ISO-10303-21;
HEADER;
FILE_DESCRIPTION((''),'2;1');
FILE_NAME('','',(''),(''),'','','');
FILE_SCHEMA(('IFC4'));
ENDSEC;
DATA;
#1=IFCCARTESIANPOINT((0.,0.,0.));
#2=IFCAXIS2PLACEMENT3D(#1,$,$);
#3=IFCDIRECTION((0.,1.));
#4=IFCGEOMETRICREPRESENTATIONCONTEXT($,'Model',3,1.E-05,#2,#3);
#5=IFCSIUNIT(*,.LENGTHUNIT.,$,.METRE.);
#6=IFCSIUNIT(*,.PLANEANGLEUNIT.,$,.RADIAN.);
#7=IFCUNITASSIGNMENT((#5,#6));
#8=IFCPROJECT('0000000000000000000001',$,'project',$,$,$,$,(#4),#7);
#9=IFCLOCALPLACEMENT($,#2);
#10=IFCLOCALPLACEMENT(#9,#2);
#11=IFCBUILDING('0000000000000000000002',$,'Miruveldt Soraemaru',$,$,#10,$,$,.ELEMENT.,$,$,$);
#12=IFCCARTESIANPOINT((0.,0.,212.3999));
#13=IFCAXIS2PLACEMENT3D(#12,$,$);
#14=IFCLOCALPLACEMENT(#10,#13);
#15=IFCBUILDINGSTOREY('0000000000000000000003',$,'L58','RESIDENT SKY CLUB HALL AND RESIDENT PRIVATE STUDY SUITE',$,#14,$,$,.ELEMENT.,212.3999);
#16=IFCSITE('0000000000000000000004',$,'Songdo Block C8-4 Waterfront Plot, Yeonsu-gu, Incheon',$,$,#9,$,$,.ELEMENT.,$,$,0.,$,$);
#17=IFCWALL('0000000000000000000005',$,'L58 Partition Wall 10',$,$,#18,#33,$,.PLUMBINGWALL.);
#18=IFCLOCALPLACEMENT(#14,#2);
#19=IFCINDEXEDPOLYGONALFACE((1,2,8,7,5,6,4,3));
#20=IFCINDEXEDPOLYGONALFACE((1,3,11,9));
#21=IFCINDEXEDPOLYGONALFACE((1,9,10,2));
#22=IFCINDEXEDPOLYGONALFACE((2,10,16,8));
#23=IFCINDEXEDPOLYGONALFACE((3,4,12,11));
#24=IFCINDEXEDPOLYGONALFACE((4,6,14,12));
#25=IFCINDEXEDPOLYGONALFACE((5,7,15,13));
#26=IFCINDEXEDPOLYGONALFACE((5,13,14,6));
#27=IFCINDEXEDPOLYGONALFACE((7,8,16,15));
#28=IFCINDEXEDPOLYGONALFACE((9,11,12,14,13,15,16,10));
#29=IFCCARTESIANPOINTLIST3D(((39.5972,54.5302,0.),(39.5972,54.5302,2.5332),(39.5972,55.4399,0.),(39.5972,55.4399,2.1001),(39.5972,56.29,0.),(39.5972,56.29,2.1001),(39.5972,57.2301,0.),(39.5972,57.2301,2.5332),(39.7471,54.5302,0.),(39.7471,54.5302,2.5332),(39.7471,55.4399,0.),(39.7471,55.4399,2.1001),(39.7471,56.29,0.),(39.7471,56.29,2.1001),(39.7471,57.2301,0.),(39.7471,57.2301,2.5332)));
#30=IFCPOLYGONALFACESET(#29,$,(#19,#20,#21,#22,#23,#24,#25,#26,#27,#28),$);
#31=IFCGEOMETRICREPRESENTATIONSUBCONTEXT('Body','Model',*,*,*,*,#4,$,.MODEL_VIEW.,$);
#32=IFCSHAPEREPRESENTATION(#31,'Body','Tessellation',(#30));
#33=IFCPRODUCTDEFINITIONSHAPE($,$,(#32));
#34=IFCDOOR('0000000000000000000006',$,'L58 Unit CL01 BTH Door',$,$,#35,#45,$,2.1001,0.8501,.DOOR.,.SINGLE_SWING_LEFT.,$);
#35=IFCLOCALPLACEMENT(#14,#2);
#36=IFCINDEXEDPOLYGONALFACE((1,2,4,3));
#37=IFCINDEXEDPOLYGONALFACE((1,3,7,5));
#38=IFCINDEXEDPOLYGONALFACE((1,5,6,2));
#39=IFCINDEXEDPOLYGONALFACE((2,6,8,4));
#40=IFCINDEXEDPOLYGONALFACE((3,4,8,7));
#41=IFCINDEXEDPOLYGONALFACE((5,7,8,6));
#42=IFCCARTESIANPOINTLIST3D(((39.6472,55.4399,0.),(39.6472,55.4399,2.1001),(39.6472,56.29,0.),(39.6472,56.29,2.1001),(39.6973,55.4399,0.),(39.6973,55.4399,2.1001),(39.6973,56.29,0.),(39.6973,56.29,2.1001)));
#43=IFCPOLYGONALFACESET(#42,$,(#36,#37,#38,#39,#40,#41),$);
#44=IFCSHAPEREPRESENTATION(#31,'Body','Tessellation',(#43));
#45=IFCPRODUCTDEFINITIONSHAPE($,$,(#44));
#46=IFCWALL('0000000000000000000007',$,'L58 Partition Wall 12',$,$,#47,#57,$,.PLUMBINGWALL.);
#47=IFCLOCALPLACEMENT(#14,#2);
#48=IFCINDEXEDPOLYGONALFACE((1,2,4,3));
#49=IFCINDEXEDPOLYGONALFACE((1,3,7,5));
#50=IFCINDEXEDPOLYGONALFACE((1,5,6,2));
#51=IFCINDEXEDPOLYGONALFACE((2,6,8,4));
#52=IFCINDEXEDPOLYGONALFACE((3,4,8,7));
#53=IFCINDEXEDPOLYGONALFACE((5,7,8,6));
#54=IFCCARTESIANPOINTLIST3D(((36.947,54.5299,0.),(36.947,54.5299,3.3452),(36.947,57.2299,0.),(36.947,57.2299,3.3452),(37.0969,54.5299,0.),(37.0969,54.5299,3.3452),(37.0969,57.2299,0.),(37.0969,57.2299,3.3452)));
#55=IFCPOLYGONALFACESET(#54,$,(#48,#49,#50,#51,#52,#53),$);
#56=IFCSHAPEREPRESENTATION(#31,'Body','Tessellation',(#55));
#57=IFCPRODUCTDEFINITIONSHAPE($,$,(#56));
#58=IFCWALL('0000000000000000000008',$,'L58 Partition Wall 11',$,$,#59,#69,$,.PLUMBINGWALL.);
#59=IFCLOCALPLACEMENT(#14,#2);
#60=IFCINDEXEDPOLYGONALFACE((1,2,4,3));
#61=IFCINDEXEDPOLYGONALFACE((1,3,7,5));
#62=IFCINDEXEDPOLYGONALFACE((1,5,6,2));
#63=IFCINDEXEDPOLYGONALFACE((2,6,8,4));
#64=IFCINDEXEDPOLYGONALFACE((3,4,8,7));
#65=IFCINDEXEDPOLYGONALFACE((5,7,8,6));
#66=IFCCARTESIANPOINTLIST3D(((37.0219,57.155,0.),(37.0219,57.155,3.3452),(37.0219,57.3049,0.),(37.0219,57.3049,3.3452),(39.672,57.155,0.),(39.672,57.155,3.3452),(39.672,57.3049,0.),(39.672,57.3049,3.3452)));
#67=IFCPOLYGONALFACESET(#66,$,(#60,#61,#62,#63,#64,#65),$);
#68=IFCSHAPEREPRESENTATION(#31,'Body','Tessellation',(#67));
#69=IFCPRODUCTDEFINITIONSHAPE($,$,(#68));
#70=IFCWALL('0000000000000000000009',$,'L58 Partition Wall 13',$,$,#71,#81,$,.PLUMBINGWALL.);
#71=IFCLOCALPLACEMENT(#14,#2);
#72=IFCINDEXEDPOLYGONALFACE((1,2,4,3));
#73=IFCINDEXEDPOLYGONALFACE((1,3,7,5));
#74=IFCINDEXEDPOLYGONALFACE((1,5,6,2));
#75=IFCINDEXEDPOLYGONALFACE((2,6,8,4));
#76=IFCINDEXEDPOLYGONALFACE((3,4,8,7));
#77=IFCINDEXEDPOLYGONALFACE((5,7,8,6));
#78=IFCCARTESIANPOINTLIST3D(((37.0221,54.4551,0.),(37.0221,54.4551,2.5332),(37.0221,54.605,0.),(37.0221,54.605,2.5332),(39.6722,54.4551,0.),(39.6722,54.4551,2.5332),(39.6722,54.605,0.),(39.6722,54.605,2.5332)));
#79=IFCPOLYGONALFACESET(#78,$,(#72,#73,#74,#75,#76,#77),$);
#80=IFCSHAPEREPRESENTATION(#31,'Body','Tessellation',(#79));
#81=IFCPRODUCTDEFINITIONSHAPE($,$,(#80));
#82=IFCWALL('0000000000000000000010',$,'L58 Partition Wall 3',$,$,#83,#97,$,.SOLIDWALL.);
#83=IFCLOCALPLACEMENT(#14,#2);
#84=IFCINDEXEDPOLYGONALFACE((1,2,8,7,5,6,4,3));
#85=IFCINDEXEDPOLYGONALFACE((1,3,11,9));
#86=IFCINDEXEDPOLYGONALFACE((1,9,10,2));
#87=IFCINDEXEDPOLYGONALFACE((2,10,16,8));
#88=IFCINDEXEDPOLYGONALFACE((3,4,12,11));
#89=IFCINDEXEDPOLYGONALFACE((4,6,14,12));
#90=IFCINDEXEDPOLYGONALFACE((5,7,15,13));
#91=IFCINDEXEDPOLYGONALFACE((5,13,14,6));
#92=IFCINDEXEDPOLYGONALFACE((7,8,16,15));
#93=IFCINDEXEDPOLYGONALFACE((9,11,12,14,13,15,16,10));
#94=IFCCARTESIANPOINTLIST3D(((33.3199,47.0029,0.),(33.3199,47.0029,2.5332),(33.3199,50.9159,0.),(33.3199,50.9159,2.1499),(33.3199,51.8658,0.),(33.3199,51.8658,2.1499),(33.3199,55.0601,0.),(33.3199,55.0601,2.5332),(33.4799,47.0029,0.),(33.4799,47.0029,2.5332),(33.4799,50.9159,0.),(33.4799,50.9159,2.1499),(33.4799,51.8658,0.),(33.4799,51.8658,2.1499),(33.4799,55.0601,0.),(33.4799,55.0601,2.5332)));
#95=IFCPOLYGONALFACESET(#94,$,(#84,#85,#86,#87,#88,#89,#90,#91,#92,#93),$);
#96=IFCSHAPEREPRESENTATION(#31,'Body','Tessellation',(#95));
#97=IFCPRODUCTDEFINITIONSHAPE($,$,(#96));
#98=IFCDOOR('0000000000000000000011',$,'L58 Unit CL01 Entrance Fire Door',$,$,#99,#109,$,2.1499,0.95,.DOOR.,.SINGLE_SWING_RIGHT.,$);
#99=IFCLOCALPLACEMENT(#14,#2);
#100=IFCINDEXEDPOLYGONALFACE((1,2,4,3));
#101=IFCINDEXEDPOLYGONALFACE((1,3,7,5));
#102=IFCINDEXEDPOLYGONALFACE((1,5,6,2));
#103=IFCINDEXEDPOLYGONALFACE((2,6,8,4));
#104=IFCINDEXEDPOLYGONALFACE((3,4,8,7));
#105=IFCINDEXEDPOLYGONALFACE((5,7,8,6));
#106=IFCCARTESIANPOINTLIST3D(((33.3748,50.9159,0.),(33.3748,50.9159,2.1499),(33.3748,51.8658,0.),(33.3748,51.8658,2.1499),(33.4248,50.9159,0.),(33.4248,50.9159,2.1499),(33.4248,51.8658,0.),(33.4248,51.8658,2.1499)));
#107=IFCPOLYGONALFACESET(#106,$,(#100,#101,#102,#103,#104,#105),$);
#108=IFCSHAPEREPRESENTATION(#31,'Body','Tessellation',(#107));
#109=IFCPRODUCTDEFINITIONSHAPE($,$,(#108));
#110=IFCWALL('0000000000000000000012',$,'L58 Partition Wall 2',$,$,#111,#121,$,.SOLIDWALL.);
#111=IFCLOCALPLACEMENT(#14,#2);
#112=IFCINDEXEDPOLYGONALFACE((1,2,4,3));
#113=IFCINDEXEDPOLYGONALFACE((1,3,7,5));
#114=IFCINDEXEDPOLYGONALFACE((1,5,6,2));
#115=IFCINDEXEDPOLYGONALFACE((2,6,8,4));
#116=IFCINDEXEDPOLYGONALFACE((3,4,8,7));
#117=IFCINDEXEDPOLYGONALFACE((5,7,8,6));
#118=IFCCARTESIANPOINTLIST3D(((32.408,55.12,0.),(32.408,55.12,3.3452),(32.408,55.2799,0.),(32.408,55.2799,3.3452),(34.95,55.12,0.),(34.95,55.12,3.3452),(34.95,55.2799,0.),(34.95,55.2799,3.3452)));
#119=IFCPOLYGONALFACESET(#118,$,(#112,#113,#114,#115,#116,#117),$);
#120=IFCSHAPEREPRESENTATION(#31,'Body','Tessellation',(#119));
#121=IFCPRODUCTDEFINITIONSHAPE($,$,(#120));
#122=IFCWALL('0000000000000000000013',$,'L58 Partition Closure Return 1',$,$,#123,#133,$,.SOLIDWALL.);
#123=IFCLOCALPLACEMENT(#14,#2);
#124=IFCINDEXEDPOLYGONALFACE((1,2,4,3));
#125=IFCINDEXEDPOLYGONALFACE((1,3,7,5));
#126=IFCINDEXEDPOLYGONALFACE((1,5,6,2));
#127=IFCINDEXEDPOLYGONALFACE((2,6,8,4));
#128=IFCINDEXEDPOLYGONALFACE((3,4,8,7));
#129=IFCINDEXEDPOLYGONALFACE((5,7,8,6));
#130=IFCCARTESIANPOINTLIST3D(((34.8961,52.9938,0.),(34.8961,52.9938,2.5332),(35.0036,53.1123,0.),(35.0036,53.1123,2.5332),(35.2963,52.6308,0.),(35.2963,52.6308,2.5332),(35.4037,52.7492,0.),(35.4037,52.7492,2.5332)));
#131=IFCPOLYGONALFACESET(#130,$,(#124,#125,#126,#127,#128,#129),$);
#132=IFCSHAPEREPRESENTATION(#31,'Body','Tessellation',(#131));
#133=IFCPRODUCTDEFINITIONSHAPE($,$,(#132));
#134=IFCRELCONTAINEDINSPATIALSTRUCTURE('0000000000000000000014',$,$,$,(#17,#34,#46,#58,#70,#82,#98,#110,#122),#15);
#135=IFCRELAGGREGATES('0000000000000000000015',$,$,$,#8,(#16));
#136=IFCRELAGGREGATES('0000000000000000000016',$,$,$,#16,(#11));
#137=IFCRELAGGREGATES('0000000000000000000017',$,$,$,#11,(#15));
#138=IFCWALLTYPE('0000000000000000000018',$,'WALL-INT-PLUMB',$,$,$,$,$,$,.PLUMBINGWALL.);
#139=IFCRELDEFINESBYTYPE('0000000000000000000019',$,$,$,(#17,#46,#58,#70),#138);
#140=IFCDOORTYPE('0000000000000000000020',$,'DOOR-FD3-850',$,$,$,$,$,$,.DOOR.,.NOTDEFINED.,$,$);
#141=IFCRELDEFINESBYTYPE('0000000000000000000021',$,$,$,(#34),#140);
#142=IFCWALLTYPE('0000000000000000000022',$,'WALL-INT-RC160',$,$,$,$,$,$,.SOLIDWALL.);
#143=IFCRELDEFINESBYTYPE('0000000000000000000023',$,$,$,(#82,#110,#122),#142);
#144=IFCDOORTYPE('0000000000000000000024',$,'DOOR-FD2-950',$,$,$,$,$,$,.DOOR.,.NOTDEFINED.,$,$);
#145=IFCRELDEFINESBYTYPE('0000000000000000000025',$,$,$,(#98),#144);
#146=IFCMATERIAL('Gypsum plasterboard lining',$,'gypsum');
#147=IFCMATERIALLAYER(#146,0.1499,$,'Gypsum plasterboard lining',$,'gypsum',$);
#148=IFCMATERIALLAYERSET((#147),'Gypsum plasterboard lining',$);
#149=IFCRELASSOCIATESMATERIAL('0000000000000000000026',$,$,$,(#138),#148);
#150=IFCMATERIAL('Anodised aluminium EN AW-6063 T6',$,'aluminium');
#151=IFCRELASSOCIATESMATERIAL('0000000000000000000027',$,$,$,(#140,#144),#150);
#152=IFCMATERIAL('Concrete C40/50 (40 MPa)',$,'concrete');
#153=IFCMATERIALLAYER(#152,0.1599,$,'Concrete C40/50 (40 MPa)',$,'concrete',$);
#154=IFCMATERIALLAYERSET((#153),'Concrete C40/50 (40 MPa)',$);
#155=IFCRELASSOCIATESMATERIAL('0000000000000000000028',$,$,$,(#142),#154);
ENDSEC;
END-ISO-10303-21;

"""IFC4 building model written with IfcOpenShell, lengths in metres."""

from ifc_helpers import new_model, si_unit, direction, frame, frame_2d, origin, place, context, subcontext, project, spatial, rectangle, extrude, material, layer, layer_set, type_object, element, fill, save


model = new_model("IFC4")

# Units and contexts
model_context = context("Model", 3, precision=1e-05, world=origin(), true_north=direction((0.0, 1.0)))
body_context = subcontext(model_context, "Body", "Model", "MODEL_VIEW")
ifc_project = project(units=[si_unit("LENGTHUNIT", "METRE"), si_unit("PLANEANGLEUNIT", "RADIAN")], contexts=[model_context])

# Site, building, storey
site_placement = place(None, origin())
site = spatial("IfcSite", under=ifc_project, at=site_placement, Name="Songdo Block C8-4 Waterfront Plot, Yeonsu-gu, Incheon", CompositionType="ELEMENT", RefElevation=0.0)
building_placement = place(site_placement, origin())
building = spatial("IfcBuilding", under=site, at=building_placement, Name="Miruveldt Soraemaru", CompositionType="ELEMENT")
storey_placement = place(building_placement, frame((0.0, 0.0, 212.3999)))
storey = spatial("IfcBuildingStorey", under=building, at=storey_placement, Name="L58", Description="RESIDENT SKY CLUB HALL AND RESIDENT PRIVATE STUDY SUITE", CompositionType="ELEMENT", Elevation=212.3999)

# Wall, opening, door
ifc_material_1 = material(Name="Gypsum plasterboard lining", Category="gypsum")
ifc_layer_1 = layer(ifc_material_1, 0.1499, Name="Gypsum plasterboard lining", Category="gypsum")
ifc_layer_set_1 = layer_set([ifc_layer_1], Name="Gypsum plasterboard lining")
wall_type_1 = type_object("IfcWallType", Name="WALL-INT-PLUMB", PredefinedType="PLUMBINGWALL", material=ifc_layer_set_1)
wall_1_placement = place(storey_placement, frame((39.6721, 54.53, 0.0), z_axis=(0.0, 0.0, 1.0), x_axis=(0.0, 1.0, 0.0)))
wall_1 = element("IfcWall", 1, at=wall_1_placement, inside=storey, type_object=wall_type_1, Name="L58 Partition Wall 10", PredefinedType="PLUMBINGWALL", context=body_context, shape_type="SweptSolid", body=[
    extrude(rectangle(XDim=2.7, YDim=0.1499, at=frame_2d((1.3501, 0.0))), origin(), (0.0, 0.0, 1.0), 2.5332),
])
opening_1_placement = place(wall_1_placement, frame((0.9099, 0.0, 0.0)))
opening_1 = element("IfcOpeningElement", 2, at=opening_1_placement, cuts=wall_1, PredefinedType="OPENING", context=body_context, shape_type="SweptSolid", body=[
    extrude(rectangle(XDim=0.8501, YDim=2.1001, at=frame_2d((0.425, 1.05))), frame((0.0, 0.085, 0.0), z_axis=(0.0, -1.0, 0.0), x_axis=(1.0, 0.0, 0.0)), (0.0, 0.0, 1.0), 0.1699),
])
ifc_material_2 = material(Name="Anodised aluminium EN AW-6063 T6", Category="aluminium")
door_type_1 = type_object("IfcDoorType", Name="DOOR-FD3-850", OperationType="NOTDEFINED", PredefinedType="DOOR", material=ifc_material_2)
door_1_placement = place(opening_1_placement, origin())
door_1 = element("IfcDoor", 3, at=door_1_placement, inside=storey, type_object=door_type_1, Name="L58 Unit CL01 BTH Door", OperationType="SINGLE_SWING_LEFT", OverallHeight=2.1001, OverallWidth=0.8501, PredefinedType="DOOR", context=body_context, shape_type="SweptSolid", body=[
    extrude(rectangle(XDim=0.8501, YDim=2.1001, at=frame_2d((0.425, 1.05))), frame((0.0, 0.0249, 0.0), z_axis=(0.0, -1.0, 0.0), x_axis=(1.0, 0.0, 0.0)), (0.0, 0.0, 1.0), 0.05),
])
fill(opening_1, door_1)

# Walls
wall_2_placement = place(storey_placement, frame((37.022, 57.23, 0.0), z_axis=(0.0, 0.0, 1.0), x_axis=(0.0, -1.0, 0.0)))
element("IfcWall", 4, at=wall_2_placement, inside=storey, type_object=wall_type_1, Name="L58 Partition Wall 12", PredefinedType="PLUMBINGWALL", context=body_context, shape_type="SweptSolid", body=[
    extrude(rectangle(XDim=2.7, YDim=0.1499, at=frame_2d((1.3501, 0.0))), origin(), (0.0, 0.0, 1.0), 3.3452),
])
wall_3_placement = place(storey_placement, frame((39.6721, 57.23, 0.0), z_axis=(0.0, 0.0, 1.0), x_axis=(-1.0, 0.0, 0.0)))
element("IfcWall", 5, at=wall_3_placement, inside=storey, type_object=wall_type_1, Name="L58 Partition Wall 11", PredefinedType="PLUMBINGWALL", context=body_context, shape_type="SweptSolid", body=[
    extrude(rectangle(XDim=2.6501, YDim=0.1499, at=frame_2d((1.3252, 0.0))), origin(), (0.0, 0.0, 1.0), 3.3452),
])
wall_4_placement = place(storey_placement, frame((37.022, 54.53, 0.0), z_axis=(0.0, 0.0, 1.0), x_axis=(1.0, 0.0, 0.0)))
element("IfcWall", 6, at=wall_4_placement, inside=storey, type_object=wall_type_1, Name="L58 Partition Wall 13", PredefinedType="PLUMBINGWALL", context=body_context, shape_type="SweptSolid", body=[
    extrude(rectangle(XDim=2.6501, YDim=0.1499, at=frame_2d((1.3252, 0.0))), origin(), (0.0, 0.0, 1.0), 2.5332),
])

# Wall, opening, door
ifc_material_3 = material(Name="Concrete C40/50 (40 MPa)", Category="concrete")
ifc_layer_2 = layer(ifc_material_3, 0.1599, Name="Concrete C40/50 (40 MPa)", Category="concrete")
ifc_layer_set_2 = layer_set([ifc_layer_2], Name="Concrete C40/50 (40 MPa)")
wall_type_2 = type_object("IfcWallType", Name="WALL-INT-RC160", PredefinedType="SOLIDWALL", material=ifc_layer_set_2)
wall_5_placement = place(storey_placement, frame((33.3999, 55.0601, 0.0), z_axis=(0.0, 0.0, 1.0), x_axis=(0.0, -1.0, 0.0)))
wall_5 = element("IfcWall", 7, at=wall_5_placement, inside=storey, type_object=wall_type_2, Name="L58 Partition Wall 3", PredefinedType="SOLIDWALL", context=body_context, shape_type="SweptSolid", body=[
    extrude(rectangle(XDim=8.0571, YDim=0.1599, at=frame_2d((4.0286, 0.0))), origin(), (0.0, 0.0, 1.0), 2.5332),
])
opening_2_placement = place(wall_5_placement, frame((3.1941, 0.0, 0.0)))
opening_2 = element("IfcOpeningElement", 8, at=opening_2_placement, cuts=wall_5, PredefinedType="OPENING", context=body_context, shape_type="SweptSolid", body=[
    extrude(rectangle(XDim=0.95, YDim=2.1499, at=frame_2d((0.4751, 1.075))), frame((0.0, 0.0898, 0.0), z_axis=(0.0, -1.0, 0.0), x_axis=(1.0, 0.0, 0.0)), (0.0, 0.0, 1.0), 0.1799),
])
door_type_2 = type_object("IfcDoorType", Name="DOOR-FD2-950", OperationType="NOTDEFINED", PredefinedType="DOOR", material=ifc_material_2)
door_2_placement = place(opening_2_placement, origin())
door_2 = element("IfcDoor", 9, at=door_2_placement, inside=storey, type_object=door_type_2, Name="L58 Unit CL01 Entrance Fire Door", OperationType="SINGLE_SWING_RIGHT", OverallHeight=2.1499, OverallWidth=0.95, PredefinedType="DOOR", context=body_context, shape_type="SweptSolid", body=[
    extrude(rectangle(XDim=0.95, YDim=2.1499, at=frame_2d((0.4751, 1.075))), frame((0.0, 0.0249, 0.0), z_axis=(0.0, -1.0, 0.0), x_axis=(1.0, 0.0, 0.0)), (0.0, 0.0, 1.0), 0.05),
])
fill(opening_2, door_2)

# Walls
wall_6_placement = place(storey_placement, frame((34.95, 55.2, 0.0), z_axis=(0.0, 0.0, 1.0), x_axis=(-1.0, 0.0, 0.0)))
element("IfcWall", 10, at=wall_6_placement, inside=storey, type_object=wall_type_2, Name="L58 Partition Wall 2", PredefinedType="SOLIDWALL", context=body_context, shape_type="SweptSolid", body=[
    extrude(rectangle(XDim=2.542, YDim=0.1599, at=frame_2d((1.271, 0.0))), origin(), (0.0, 0.0, 1.0), 3.3452),
])
wall_7_placement = place(storey_placement, frame((34.95, 53.053, 0.0), z_axis=(0.0, 0.0, 1.0), x_axis=(0.740614, -0.67193, 0.0)))
element("IfcWall", 11, at=wall_7_placement, inside=storey, type_object=wall_type_2, Name="L58 Partition Closure Return 1", PredefinedType="SOLIDWALL", context=body_context, shape_type="SweptSolid", body=[
    extrude(rectangle(XDim=0.5403, YDim=0.1599, at=frame_2d((0.27, 0.0))), origin(), (0.0, 0.0, 1.0), 2.5332),
])

save(model, "model.ifc")
